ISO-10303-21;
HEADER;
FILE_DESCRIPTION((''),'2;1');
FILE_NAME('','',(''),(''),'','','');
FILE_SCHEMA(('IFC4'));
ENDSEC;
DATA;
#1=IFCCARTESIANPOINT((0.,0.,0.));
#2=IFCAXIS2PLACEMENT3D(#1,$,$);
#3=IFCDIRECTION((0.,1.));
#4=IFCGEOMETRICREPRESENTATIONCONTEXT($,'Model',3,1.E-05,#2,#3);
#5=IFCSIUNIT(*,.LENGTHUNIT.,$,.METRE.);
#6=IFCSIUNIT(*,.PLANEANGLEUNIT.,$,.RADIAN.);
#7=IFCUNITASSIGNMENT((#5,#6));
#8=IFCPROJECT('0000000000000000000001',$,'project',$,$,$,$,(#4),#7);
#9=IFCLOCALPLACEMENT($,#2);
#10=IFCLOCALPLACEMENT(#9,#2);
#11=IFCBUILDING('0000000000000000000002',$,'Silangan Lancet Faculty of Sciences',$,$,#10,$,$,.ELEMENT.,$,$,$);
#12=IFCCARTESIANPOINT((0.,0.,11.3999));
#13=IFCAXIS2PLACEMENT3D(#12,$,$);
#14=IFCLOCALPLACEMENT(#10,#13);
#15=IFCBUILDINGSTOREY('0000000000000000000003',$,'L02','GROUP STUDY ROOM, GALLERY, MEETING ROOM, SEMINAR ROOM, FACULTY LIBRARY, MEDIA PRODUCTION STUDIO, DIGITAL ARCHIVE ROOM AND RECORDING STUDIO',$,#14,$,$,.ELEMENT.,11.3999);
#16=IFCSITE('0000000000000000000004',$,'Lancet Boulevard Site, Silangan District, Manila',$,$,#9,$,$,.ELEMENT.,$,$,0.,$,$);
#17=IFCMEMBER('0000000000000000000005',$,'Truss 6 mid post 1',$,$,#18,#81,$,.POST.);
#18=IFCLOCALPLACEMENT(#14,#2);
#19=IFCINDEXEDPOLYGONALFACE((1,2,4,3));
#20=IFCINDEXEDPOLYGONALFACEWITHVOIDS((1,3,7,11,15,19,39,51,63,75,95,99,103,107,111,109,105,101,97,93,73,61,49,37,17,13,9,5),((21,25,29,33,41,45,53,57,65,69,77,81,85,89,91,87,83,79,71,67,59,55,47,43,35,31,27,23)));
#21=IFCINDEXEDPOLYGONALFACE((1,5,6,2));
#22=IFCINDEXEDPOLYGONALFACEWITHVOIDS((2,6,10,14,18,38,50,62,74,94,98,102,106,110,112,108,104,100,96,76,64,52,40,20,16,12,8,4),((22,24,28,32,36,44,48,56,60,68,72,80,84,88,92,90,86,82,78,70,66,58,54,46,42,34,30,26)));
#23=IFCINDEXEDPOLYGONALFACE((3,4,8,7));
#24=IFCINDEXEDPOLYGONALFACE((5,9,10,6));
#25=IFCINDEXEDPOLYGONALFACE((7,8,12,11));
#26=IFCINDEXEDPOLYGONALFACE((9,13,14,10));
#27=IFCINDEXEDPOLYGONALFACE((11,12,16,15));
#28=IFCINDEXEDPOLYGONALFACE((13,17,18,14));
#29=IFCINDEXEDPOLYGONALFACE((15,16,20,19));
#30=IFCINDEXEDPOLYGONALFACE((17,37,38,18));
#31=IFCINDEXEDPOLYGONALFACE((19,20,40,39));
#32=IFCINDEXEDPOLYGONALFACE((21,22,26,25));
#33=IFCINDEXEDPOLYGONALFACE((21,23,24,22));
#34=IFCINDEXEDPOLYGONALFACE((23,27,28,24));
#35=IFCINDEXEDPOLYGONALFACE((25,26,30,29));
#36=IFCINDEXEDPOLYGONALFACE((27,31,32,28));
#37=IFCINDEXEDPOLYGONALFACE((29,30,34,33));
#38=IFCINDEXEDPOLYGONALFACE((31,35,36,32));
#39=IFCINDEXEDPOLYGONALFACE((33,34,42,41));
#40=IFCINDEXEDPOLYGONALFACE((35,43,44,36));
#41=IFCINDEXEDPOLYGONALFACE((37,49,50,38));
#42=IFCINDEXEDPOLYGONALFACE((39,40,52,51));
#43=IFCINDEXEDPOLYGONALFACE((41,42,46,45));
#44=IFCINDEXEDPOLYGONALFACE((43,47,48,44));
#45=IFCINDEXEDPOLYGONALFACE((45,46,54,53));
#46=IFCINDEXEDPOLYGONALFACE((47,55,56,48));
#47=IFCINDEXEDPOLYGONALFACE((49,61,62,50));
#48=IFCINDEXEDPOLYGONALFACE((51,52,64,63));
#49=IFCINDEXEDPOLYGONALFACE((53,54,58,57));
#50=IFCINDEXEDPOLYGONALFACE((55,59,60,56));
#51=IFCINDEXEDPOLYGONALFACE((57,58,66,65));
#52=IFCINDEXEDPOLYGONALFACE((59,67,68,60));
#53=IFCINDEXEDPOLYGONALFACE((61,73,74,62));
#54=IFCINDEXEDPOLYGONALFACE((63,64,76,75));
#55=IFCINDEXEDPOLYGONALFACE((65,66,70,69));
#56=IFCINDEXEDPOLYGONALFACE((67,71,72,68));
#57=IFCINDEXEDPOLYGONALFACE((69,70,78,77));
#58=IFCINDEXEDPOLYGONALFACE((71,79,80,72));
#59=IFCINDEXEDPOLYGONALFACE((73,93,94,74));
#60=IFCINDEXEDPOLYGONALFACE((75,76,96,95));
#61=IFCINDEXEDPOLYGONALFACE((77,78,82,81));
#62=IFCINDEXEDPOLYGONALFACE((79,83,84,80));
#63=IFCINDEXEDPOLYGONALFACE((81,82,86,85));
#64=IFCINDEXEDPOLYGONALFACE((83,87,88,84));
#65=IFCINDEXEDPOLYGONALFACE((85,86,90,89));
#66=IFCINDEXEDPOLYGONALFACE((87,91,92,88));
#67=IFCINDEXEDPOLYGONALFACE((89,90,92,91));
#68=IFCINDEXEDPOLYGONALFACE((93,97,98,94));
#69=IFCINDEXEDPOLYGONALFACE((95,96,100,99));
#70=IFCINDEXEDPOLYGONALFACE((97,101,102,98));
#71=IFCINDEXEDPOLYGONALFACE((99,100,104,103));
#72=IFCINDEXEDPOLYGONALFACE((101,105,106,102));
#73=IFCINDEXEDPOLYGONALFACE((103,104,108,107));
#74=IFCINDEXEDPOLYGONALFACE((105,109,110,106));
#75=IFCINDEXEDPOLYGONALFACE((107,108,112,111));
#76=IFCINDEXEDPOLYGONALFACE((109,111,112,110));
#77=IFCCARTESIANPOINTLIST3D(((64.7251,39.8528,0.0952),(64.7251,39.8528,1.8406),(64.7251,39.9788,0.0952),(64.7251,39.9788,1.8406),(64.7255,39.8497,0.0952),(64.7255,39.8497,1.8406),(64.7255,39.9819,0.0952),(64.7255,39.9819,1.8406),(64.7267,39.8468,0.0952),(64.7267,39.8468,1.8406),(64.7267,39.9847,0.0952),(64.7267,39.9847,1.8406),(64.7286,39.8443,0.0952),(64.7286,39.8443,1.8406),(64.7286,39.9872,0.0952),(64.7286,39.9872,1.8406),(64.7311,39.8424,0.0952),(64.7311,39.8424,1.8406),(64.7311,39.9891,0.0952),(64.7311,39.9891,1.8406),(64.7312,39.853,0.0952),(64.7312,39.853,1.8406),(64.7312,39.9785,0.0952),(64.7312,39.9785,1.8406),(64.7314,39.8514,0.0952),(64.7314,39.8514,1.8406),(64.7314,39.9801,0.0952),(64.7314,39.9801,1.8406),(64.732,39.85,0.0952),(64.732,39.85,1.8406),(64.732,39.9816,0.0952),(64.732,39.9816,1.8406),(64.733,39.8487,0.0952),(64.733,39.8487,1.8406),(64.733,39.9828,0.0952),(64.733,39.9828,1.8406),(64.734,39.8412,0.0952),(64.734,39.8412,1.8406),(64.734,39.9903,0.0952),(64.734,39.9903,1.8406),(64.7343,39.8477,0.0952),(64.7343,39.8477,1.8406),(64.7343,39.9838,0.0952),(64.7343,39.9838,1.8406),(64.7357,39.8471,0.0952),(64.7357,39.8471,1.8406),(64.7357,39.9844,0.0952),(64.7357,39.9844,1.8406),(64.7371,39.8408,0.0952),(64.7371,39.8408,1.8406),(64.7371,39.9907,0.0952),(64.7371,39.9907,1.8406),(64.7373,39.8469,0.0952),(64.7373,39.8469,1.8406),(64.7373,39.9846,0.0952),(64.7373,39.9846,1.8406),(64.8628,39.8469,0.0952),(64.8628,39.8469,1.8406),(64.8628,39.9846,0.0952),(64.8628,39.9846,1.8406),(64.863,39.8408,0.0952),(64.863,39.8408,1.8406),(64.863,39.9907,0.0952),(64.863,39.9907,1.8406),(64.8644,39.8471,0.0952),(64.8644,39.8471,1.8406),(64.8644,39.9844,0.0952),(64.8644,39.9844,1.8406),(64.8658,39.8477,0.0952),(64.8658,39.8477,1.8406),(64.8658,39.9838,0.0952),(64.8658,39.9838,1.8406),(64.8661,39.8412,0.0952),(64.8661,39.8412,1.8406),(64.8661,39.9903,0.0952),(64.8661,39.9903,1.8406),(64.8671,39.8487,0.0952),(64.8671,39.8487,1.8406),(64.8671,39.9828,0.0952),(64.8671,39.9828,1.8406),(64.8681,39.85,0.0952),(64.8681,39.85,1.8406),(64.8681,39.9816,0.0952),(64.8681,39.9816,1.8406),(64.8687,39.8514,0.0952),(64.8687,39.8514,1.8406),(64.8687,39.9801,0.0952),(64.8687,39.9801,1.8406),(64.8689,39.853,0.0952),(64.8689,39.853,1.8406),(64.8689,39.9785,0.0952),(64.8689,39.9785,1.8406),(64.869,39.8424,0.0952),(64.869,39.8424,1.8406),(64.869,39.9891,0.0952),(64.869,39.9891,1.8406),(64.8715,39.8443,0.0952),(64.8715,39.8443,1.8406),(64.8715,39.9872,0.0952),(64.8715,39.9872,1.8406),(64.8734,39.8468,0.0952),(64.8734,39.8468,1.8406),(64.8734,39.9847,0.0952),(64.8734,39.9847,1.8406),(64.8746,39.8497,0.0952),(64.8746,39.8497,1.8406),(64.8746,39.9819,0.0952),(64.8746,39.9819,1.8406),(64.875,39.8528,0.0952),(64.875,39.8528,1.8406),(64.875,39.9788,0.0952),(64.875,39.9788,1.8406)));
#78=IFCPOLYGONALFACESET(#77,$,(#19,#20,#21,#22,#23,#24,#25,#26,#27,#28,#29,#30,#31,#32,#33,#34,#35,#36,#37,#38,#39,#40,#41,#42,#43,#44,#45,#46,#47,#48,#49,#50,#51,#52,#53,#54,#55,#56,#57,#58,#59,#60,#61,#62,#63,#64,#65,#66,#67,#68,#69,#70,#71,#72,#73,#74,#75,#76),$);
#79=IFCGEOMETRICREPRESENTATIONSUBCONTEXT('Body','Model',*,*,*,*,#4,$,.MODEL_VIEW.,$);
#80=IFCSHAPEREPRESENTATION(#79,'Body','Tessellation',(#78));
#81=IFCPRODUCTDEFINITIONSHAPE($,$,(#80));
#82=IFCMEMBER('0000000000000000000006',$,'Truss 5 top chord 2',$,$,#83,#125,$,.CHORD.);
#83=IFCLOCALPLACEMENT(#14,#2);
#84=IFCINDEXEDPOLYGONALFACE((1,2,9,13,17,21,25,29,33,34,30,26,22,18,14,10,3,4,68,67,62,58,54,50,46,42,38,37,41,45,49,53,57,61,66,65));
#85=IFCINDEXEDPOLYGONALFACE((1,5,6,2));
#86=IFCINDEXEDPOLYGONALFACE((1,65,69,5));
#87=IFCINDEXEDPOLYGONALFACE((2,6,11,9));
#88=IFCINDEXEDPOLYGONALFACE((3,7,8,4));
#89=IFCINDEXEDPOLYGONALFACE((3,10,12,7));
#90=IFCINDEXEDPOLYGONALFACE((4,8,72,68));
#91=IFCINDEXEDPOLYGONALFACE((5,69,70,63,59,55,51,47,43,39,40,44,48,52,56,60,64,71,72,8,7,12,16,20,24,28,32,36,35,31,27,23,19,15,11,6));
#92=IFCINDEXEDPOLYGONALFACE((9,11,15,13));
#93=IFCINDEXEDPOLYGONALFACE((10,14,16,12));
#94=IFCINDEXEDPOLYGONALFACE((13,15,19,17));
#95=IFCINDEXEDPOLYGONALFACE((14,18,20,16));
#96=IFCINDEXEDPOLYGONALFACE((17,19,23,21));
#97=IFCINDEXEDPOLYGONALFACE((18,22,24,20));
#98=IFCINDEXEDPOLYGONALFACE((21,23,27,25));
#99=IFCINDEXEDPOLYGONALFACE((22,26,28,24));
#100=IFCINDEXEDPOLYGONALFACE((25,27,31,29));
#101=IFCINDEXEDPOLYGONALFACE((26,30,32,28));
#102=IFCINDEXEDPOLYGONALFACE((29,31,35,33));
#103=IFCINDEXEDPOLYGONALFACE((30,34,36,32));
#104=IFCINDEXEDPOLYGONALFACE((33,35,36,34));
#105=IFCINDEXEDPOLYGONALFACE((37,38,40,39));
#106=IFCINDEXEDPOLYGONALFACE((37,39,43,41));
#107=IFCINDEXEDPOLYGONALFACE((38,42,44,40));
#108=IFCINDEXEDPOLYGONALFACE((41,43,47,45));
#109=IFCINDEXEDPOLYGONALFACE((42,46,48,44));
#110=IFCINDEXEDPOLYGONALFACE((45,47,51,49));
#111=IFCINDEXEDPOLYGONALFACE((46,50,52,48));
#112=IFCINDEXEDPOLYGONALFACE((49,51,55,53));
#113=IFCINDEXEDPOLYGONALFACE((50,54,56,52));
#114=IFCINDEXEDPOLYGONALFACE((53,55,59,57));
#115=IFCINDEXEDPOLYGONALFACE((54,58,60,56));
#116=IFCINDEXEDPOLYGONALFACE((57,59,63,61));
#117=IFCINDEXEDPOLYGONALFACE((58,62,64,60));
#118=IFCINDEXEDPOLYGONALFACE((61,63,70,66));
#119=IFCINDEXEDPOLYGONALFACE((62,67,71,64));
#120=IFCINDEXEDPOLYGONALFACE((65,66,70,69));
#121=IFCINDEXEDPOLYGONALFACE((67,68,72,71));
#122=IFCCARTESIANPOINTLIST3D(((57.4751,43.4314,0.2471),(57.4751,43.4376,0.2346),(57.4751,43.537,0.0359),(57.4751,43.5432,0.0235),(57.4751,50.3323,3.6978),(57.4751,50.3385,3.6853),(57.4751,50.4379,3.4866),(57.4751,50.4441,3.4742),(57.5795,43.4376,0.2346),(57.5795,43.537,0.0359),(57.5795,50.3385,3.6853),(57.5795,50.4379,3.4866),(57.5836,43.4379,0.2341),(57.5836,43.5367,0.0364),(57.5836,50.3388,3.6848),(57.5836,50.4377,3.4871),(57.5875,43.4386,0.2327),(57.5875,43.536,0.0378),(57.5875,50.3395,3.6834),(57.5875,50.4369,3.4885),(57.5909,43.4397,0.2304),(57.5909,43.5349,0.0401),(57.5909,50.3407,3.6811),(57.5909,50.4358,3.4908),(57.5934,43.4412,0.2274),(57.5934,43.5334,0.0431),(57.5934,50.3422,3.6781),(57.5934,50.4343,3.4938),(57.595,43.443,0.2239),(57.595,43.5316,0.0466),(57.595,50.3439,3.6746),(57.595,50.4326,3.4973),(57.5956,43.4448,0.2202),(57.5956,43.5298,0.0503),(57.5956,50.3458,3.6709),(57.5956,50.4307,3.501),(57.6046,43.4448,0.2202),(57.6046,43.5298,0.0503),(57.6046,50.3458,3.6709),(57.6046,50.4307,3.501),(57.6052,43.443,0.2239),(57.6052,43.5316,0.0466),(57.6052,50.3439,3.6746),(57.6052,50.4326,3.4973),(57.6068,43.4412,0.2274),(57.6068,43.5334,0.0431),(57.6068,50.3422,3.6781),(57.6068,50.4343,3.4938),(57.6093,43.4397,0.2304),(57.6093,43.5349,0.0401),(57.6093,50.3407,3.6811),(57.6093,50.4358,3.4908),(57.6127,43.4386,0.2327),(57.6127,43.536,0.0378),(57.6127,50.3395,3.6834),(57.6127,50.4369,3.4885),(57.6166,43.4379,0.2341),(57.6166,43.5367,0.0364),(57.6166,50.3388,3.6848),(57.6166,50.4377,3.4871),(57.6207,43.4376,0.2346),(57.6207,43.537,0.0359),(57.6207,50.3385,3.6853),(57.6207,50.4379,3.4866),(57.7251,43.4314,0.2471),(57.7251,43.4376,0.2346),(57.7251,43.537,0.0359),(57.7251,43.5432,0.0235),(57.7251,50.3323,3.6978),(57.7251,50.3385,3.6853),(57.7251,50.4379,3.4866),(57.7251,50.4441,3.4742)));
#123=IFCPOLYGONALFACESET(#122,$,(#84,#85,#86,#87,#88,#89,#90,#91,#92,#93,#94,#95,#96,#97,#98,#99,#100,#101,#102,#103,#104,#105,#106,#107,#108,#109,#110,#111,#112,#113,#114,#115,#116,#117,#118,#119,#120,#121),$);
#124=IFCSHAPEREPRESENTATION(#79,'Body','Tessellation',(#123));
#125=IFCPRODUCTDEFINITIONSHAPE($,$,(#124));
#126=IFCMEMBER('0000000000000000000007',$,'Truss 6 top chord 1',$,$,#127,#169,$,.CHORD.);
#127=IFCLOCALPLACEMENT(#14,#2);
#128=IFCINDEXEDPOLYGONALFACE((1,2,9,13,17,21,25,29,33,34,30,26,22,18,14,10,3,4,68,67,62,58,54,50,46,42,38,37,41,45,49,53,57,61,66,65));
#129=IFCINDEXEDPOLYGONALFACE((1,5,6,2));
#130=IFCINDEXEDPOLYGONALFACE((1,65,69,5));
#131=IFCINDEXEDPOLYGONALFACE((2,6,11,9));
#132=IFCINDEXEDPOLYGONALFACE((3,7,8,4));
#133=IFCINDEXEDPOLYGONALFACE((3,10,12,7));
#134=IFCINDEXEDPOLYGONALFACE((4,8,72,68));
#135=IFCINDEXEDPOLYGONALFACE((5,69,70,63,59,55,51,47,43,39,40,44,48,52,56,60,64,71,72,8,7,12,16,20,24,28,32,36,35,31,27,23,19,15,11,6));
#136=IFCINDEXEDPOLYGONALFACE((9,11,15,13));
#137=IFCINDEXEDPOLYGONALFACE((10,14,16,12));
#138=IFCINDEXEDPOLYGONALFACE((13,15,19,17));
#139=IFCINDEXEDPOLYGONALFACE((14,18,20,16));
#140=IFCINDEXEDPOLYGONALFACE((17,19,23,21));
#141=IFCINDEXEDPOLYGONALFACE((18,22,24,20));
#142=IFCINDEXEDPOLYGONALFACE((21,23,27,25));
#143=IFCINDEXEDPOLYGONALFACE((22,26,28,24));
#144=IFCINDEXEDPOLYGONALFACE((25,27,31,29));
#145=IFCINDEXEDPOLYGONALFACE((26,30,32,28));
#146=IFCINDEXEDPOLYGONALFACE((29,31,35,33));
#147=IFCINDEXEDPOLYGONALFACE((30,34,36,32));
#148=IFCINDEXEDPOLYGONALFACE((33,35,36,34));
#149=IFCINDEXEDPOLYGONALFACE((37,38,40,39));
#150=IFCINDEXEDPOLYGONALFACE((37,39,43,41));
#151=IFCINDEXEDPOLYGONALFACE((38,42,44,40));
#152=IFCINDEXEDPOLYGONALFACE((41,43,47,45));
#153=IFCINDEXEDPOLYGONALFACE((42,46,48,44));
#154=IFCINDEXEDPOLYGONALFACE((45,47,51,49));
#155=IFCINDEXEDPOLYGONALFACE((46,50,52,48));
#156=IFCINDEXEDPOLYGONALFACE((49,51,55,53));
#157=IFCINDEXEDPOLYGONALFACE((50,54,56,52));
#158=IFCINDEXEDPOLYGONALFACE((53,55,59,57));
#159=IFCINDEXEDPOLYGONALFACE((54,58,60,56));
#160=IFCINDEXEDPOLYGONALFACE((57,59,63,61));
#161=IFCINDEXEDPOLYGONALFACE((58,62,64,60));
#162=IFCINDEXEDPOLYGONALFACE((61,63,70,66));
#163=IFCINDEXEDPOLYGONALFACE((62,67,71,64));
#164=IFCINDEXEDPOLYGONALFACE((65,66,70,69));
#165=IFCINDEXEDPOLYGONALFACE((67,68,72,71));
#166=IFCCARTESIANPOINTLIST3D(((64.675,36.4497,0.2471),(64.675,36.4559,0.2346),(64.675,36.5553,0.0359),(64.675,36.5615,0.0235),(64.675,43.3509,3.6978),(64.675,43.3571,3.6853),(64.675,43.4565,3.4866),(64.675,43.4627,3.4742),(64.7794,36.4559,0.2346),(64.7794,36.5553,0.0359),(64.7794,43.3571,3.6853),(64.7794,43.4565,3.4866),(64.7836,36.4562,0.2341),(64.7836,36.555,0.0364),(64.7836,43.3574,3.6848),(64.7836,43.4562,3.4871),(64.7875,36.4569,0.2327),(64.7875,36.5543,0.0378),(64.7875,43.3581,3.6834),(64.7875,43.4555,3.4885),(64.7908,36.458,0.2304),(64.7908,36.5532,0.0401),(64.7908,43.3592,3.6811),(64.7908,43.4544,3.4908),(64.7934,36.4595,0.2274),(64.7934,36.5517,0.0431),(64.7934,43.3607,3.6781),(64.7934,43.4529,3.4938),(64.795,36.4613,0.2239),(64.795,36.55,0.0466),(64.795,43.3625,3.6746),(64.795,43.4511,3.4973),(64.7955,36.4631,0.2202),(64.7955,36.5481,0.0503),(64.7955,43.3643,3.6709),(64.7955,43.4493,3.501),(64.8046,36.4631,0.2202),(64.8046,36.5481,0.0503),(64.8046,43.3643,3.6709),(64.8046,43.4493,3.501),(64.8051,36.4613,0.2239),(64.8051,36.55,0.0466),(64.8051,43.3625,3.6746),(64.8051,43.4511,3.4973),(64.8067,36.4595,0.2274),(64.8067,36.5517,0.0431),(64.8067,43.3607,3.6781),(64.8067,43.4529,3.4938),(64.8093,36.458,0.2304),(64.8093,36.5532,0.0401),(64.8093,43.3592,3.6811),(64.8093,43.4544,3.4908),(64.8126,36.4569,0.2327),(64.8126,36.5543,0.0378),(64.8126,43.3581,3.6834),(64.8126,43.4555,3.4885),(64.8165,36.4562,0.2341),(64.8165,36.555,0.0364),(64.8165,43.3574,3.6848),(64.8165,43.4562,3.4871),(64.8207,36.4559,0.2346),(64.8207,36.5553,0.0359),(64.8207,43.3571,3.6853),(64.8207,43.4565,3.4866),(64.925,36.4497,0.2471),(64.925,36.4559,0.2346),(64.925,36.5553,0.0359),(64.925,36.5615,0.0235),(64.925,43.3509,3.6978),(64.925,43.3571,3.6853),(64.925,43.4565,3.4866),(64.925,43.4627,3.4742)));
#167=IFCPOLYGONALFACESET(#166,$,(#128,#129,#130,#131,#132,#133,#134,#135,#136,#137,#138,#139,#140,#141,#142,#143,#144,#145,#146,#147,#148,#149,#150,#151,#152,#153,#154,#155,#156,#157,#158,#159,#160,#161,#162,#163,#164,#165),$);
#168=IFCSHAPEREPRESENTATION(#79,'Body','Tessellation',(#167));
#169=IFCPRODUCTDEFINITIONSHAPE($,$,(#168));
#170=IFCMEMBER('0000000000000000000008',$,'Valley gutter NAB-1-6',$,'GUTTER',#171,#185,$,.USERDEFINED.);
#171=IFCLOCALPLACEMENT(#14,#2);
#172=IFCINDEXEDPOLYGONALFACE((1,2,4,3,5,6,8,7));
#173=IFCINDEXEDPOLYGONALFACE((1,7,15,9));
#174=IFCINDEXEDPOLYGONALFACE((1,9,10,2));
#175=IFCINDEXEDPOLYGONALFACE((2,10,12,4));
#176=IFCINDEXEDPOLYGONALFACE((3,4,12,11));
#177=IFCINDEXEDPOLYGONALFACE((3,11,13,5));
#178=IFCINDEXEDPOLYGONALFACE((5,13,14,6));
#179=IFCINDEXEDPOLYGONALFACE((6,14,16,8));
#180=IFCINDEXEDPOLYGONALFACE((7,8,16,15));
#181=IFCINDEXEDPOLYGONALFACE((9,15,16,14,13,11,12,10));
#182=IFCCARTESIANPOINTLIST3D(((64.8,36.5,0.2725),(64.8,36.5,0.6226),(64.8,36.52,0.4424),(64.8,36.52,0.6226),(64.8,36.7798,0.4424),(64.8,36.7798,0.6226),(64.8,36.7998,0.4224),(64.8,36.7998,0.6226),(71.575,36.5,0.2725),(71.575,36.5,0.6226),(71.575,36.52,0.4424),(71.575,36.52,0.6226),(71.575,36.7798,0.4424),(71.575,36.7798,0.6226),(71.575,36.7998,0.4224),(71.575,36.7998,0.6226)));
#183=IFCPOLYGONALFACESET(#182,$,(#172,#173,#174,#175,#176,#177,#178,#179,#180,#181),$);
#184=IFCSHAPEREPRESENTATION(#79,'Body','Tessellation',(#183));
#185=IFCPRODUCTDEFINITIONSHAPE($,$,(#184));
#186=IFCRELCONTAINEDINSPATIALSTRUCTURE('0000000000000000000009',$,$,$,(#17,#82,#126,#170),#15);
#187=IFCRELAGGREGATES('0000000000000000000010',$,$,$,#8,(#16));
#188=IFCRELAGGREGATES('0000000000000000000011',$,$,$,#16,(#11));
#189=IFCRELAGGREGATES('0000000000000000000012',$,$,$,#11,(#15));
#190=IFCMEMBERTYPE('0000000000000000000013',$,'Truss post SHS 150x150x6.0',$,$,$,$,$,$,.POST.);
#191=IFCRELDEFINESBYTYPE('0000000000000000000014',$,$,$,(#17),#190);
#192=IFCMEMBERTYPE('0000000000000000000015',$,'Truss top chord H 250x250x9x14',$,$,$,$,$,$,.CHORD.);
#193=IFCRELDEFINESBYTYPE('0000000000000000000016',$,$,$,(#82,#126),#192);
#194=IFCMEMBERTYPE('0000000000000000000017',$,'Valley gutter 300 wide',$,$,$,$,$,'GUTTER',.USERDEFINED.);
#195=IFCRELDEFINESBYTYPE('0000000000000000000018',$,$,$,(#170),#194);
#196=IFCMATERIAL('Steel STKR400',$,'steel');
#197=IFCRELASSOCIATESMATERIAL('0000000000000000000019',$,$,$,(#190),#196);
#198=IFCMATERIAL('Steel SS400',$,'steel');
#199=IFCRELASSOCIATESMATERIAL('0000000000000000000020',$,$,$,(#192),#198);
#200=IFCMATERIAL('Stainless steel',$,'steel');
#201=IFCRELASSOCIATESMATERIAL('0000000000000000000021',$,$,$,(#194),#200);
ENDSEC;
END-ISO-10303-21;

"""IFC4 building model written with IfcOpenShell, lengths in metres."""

from ifc_helpers import new_model, si_unit, direction, frame, origin, origin_2d, place, context, subcontext, project, spatial, polyline, hollow_rectangle, i_section, outline, extrude, material, material_profile, profile_set, type_object, element, save


model = new_model("IFC4")

# Units and contexts
model_context = context("Model", 3, precision=1e-05, world=origin(), true_north=direction((0.0, 1.0)))
body_context = subcontext(model_context, "Body", "Model", "MODEL_VIEW")
ifc_project = project(units=[si_unit("LENGTHUNIT", "METRE"), si_unit("PLANEANGLEUNIT", "RADIAN")], contexts=[model_context])

# Site, building, storey
site_placement = place(None, origin())
site = spatial("IfcSite", under=ifc_project, at=site_placement, Name="Lancet Boulevard Site, Silangan District, Manila", CompositionType="ELEMENT", RefElevation=0.0)
building_placement = place(site_placement, origin())
building = spatial("IfcBuilding", under=site, at=building_placement, Name="Silangan Lancet Faculty of Sciences", CompositionType="ELEMENT")
storey_placement = place(building_placement, frame((0.0, 0.0, 11.3999)))
storey = spatial("IfcBuildingStorey", under=building, at=storey_placement, Name="L02", Description="GROUP STUDY ROOM, GALLERY, MEETING ROOM, SEMINAR ROOM, FACULTY LIBRARY, MEDIA PRODUCTION STUDIO, DIGITAL ARCHIVE ROOM AND RECORDING STUDIO", CompositionType="ELEMENT", Elevation=11.3999)

# Members
ifc_material_1 = material(Name="Steel STKR400", Category="steel")
ifc_material_profile_1 = material_profile(ifc_material_1, hollow_rectangle(XDim=0.1499, YDim=0.1499, WallThickness=0.0061, InnerFilletRadius=0.0061, OuterFilletRadius=0.012, at=origin_2d()), Name="SHS 150x150x6.0")
ifc_profile_set_1 = profile_set([ifc_material_profile_1], Name="Steel STKR400")
member_type_1 = type_object("IfcMemberType", Name="Truss post SHS 150x150x6.0", PredefinedType="POST", material=ifc_profile_set_1)
member_1_placement = place(storey_placement, frame((64.8, 39.9158, 0.0952), z_axis=(0.0, 0.0, 1.0), x_axis=(1.0, 0.0, 0.0)))
element("IfcMember", 1, at=member_1_placement, inside=storey, type_object=member_type_1, Name="Truss 6 mid post 1", PredefinedType="POST", context=body_context, shape_type="SweptSolid", body=[
    extrude(hollow_rectangle(XDim=0.1499, YDim=0.1499, WallThickness=0.0061, InnerFilletRadius=0.0061, OuterFilletRadius=0.012, at=origin_2d()), origin(), (0.0, 0.0, 1.0), 1.7454),
])
ifc_material_2 = material(Name="Steel SS400", Category="steel")
ifc_material_profile_2 = material_profile(ifc_material_2, i_section(OverallWidth=0.25, OverallDepth=0.25, WebThickness=0.009, FlangeThickness=0.0139, FilletRadius=0.0161, at=origin_2d()), Name="H 250x250x9x14")
ifc_profile_set_2 = profile_set([ifc_material_profile_2], Name="Steel SS400")
member_type_2 = type_object("IfcMemberType", Name="Truss top chord H 250x250x9x14", PredefinedType="CHORD", material=ifc_profile_set_2)
member_2_placement = place(storey_placement, frame((57.6001, 43.4873, 0.1353), z_axis=(0.0, 0.894415, 0.447239), x_axis=(-1.0, 0.0, 0.0)))
element("IfcMember", 2, at=member_2_placement, inside=storey, type_object=member_type_2, Name="Truss 5 top chord 2", PredefinedType="CHORD", context=body_context, shape_type="SweptSolid", body=[
    extrude(i_section(OverallWidth=0.25, OverallDepth=0.25, WebThickness=0.009, FlangeThickness=0.0139, FilletRadius=0.0161, at=origin_2d()), origin(), (0.0, 0.0, 1.0), 7.7156),
])
member_3_placement = place(storey_placement, frame((64.8, 36.5056, 0.1353), z_axis=(0.0, 0.894421, 0.447226), x_axis=(-1.0, 0.0, 0.0)))
element("IfcMember", 3, at=member_3_placement, inside=storey, type_object=member_type_2, Name="Truss 6 top chord 1", PredefinedType="CHORD", context=body_context, shape_type="SweptSolid", body=[
    extrude(i_section(OverallWidth=0.25, OverallDepth=0.25, WebThickness=0.009, FlangeThickness=0.0139, FilletRadius=0.0161, at=origin_2d()), origin(), (0.0, 0.0, 1.0), 7.7158),
])
ifc_material_3 = material(Name="Stainless steel", Category="steel")
ifc_material_profile_3 = material_profile(ifc_material_3, outline(polyline([(-0.1499, 0.0), (0.1499, 0.1499), (0.1499, 0.3501), (0.1299, 0.3501), (0.1299, 0.1699), (-0.1299, 0.1699), (-0.1299, 0.3501), (-0.1499, 0.3501), (-0.1499, 0.0)])), Name="valley gutter")
ifc_profile_set_3 = profile_set([ifc_material_profile_3], Name="Stainless steel")
member_type_3 = type_object("IfcMemberType", Name="Valley gutter 300 wide", ElementType="GUTTER", PredefinedType="USERDEFINED", material=ifc_profile_set_3)
member_4_placement = place(storey_placement, frame((64.8, 36.6499, 0.2725), z_axis=(1.0, 0.0, 0.0), x_axis=(0.0, 1.0, 0.0)))
element("IfcMember", 4, at=member_4_placement, inside=storey, type_object=member_type_3, Name="Valley gutter NAB-1-6", ObjectType="GUTTER", PredefinedType="USERDEFINED", context=body_context, shape_type="SweptSolid", body=[
    extrude(outline(polyline([(-0.1499, 0.0), (0.1499, 0.1499), (0.1499, 0.3501), (0.1299, 0.3501), (0.1299, 0.1699), (-0.1299, 0.1699), (-0.1299, 0.3501), (-0.1499, 0.3501), (-0.1499, 0.0)])), origin(), (0.0, 0.0, 1.0), 6.7749),
])

save(model, "model.ifc")
